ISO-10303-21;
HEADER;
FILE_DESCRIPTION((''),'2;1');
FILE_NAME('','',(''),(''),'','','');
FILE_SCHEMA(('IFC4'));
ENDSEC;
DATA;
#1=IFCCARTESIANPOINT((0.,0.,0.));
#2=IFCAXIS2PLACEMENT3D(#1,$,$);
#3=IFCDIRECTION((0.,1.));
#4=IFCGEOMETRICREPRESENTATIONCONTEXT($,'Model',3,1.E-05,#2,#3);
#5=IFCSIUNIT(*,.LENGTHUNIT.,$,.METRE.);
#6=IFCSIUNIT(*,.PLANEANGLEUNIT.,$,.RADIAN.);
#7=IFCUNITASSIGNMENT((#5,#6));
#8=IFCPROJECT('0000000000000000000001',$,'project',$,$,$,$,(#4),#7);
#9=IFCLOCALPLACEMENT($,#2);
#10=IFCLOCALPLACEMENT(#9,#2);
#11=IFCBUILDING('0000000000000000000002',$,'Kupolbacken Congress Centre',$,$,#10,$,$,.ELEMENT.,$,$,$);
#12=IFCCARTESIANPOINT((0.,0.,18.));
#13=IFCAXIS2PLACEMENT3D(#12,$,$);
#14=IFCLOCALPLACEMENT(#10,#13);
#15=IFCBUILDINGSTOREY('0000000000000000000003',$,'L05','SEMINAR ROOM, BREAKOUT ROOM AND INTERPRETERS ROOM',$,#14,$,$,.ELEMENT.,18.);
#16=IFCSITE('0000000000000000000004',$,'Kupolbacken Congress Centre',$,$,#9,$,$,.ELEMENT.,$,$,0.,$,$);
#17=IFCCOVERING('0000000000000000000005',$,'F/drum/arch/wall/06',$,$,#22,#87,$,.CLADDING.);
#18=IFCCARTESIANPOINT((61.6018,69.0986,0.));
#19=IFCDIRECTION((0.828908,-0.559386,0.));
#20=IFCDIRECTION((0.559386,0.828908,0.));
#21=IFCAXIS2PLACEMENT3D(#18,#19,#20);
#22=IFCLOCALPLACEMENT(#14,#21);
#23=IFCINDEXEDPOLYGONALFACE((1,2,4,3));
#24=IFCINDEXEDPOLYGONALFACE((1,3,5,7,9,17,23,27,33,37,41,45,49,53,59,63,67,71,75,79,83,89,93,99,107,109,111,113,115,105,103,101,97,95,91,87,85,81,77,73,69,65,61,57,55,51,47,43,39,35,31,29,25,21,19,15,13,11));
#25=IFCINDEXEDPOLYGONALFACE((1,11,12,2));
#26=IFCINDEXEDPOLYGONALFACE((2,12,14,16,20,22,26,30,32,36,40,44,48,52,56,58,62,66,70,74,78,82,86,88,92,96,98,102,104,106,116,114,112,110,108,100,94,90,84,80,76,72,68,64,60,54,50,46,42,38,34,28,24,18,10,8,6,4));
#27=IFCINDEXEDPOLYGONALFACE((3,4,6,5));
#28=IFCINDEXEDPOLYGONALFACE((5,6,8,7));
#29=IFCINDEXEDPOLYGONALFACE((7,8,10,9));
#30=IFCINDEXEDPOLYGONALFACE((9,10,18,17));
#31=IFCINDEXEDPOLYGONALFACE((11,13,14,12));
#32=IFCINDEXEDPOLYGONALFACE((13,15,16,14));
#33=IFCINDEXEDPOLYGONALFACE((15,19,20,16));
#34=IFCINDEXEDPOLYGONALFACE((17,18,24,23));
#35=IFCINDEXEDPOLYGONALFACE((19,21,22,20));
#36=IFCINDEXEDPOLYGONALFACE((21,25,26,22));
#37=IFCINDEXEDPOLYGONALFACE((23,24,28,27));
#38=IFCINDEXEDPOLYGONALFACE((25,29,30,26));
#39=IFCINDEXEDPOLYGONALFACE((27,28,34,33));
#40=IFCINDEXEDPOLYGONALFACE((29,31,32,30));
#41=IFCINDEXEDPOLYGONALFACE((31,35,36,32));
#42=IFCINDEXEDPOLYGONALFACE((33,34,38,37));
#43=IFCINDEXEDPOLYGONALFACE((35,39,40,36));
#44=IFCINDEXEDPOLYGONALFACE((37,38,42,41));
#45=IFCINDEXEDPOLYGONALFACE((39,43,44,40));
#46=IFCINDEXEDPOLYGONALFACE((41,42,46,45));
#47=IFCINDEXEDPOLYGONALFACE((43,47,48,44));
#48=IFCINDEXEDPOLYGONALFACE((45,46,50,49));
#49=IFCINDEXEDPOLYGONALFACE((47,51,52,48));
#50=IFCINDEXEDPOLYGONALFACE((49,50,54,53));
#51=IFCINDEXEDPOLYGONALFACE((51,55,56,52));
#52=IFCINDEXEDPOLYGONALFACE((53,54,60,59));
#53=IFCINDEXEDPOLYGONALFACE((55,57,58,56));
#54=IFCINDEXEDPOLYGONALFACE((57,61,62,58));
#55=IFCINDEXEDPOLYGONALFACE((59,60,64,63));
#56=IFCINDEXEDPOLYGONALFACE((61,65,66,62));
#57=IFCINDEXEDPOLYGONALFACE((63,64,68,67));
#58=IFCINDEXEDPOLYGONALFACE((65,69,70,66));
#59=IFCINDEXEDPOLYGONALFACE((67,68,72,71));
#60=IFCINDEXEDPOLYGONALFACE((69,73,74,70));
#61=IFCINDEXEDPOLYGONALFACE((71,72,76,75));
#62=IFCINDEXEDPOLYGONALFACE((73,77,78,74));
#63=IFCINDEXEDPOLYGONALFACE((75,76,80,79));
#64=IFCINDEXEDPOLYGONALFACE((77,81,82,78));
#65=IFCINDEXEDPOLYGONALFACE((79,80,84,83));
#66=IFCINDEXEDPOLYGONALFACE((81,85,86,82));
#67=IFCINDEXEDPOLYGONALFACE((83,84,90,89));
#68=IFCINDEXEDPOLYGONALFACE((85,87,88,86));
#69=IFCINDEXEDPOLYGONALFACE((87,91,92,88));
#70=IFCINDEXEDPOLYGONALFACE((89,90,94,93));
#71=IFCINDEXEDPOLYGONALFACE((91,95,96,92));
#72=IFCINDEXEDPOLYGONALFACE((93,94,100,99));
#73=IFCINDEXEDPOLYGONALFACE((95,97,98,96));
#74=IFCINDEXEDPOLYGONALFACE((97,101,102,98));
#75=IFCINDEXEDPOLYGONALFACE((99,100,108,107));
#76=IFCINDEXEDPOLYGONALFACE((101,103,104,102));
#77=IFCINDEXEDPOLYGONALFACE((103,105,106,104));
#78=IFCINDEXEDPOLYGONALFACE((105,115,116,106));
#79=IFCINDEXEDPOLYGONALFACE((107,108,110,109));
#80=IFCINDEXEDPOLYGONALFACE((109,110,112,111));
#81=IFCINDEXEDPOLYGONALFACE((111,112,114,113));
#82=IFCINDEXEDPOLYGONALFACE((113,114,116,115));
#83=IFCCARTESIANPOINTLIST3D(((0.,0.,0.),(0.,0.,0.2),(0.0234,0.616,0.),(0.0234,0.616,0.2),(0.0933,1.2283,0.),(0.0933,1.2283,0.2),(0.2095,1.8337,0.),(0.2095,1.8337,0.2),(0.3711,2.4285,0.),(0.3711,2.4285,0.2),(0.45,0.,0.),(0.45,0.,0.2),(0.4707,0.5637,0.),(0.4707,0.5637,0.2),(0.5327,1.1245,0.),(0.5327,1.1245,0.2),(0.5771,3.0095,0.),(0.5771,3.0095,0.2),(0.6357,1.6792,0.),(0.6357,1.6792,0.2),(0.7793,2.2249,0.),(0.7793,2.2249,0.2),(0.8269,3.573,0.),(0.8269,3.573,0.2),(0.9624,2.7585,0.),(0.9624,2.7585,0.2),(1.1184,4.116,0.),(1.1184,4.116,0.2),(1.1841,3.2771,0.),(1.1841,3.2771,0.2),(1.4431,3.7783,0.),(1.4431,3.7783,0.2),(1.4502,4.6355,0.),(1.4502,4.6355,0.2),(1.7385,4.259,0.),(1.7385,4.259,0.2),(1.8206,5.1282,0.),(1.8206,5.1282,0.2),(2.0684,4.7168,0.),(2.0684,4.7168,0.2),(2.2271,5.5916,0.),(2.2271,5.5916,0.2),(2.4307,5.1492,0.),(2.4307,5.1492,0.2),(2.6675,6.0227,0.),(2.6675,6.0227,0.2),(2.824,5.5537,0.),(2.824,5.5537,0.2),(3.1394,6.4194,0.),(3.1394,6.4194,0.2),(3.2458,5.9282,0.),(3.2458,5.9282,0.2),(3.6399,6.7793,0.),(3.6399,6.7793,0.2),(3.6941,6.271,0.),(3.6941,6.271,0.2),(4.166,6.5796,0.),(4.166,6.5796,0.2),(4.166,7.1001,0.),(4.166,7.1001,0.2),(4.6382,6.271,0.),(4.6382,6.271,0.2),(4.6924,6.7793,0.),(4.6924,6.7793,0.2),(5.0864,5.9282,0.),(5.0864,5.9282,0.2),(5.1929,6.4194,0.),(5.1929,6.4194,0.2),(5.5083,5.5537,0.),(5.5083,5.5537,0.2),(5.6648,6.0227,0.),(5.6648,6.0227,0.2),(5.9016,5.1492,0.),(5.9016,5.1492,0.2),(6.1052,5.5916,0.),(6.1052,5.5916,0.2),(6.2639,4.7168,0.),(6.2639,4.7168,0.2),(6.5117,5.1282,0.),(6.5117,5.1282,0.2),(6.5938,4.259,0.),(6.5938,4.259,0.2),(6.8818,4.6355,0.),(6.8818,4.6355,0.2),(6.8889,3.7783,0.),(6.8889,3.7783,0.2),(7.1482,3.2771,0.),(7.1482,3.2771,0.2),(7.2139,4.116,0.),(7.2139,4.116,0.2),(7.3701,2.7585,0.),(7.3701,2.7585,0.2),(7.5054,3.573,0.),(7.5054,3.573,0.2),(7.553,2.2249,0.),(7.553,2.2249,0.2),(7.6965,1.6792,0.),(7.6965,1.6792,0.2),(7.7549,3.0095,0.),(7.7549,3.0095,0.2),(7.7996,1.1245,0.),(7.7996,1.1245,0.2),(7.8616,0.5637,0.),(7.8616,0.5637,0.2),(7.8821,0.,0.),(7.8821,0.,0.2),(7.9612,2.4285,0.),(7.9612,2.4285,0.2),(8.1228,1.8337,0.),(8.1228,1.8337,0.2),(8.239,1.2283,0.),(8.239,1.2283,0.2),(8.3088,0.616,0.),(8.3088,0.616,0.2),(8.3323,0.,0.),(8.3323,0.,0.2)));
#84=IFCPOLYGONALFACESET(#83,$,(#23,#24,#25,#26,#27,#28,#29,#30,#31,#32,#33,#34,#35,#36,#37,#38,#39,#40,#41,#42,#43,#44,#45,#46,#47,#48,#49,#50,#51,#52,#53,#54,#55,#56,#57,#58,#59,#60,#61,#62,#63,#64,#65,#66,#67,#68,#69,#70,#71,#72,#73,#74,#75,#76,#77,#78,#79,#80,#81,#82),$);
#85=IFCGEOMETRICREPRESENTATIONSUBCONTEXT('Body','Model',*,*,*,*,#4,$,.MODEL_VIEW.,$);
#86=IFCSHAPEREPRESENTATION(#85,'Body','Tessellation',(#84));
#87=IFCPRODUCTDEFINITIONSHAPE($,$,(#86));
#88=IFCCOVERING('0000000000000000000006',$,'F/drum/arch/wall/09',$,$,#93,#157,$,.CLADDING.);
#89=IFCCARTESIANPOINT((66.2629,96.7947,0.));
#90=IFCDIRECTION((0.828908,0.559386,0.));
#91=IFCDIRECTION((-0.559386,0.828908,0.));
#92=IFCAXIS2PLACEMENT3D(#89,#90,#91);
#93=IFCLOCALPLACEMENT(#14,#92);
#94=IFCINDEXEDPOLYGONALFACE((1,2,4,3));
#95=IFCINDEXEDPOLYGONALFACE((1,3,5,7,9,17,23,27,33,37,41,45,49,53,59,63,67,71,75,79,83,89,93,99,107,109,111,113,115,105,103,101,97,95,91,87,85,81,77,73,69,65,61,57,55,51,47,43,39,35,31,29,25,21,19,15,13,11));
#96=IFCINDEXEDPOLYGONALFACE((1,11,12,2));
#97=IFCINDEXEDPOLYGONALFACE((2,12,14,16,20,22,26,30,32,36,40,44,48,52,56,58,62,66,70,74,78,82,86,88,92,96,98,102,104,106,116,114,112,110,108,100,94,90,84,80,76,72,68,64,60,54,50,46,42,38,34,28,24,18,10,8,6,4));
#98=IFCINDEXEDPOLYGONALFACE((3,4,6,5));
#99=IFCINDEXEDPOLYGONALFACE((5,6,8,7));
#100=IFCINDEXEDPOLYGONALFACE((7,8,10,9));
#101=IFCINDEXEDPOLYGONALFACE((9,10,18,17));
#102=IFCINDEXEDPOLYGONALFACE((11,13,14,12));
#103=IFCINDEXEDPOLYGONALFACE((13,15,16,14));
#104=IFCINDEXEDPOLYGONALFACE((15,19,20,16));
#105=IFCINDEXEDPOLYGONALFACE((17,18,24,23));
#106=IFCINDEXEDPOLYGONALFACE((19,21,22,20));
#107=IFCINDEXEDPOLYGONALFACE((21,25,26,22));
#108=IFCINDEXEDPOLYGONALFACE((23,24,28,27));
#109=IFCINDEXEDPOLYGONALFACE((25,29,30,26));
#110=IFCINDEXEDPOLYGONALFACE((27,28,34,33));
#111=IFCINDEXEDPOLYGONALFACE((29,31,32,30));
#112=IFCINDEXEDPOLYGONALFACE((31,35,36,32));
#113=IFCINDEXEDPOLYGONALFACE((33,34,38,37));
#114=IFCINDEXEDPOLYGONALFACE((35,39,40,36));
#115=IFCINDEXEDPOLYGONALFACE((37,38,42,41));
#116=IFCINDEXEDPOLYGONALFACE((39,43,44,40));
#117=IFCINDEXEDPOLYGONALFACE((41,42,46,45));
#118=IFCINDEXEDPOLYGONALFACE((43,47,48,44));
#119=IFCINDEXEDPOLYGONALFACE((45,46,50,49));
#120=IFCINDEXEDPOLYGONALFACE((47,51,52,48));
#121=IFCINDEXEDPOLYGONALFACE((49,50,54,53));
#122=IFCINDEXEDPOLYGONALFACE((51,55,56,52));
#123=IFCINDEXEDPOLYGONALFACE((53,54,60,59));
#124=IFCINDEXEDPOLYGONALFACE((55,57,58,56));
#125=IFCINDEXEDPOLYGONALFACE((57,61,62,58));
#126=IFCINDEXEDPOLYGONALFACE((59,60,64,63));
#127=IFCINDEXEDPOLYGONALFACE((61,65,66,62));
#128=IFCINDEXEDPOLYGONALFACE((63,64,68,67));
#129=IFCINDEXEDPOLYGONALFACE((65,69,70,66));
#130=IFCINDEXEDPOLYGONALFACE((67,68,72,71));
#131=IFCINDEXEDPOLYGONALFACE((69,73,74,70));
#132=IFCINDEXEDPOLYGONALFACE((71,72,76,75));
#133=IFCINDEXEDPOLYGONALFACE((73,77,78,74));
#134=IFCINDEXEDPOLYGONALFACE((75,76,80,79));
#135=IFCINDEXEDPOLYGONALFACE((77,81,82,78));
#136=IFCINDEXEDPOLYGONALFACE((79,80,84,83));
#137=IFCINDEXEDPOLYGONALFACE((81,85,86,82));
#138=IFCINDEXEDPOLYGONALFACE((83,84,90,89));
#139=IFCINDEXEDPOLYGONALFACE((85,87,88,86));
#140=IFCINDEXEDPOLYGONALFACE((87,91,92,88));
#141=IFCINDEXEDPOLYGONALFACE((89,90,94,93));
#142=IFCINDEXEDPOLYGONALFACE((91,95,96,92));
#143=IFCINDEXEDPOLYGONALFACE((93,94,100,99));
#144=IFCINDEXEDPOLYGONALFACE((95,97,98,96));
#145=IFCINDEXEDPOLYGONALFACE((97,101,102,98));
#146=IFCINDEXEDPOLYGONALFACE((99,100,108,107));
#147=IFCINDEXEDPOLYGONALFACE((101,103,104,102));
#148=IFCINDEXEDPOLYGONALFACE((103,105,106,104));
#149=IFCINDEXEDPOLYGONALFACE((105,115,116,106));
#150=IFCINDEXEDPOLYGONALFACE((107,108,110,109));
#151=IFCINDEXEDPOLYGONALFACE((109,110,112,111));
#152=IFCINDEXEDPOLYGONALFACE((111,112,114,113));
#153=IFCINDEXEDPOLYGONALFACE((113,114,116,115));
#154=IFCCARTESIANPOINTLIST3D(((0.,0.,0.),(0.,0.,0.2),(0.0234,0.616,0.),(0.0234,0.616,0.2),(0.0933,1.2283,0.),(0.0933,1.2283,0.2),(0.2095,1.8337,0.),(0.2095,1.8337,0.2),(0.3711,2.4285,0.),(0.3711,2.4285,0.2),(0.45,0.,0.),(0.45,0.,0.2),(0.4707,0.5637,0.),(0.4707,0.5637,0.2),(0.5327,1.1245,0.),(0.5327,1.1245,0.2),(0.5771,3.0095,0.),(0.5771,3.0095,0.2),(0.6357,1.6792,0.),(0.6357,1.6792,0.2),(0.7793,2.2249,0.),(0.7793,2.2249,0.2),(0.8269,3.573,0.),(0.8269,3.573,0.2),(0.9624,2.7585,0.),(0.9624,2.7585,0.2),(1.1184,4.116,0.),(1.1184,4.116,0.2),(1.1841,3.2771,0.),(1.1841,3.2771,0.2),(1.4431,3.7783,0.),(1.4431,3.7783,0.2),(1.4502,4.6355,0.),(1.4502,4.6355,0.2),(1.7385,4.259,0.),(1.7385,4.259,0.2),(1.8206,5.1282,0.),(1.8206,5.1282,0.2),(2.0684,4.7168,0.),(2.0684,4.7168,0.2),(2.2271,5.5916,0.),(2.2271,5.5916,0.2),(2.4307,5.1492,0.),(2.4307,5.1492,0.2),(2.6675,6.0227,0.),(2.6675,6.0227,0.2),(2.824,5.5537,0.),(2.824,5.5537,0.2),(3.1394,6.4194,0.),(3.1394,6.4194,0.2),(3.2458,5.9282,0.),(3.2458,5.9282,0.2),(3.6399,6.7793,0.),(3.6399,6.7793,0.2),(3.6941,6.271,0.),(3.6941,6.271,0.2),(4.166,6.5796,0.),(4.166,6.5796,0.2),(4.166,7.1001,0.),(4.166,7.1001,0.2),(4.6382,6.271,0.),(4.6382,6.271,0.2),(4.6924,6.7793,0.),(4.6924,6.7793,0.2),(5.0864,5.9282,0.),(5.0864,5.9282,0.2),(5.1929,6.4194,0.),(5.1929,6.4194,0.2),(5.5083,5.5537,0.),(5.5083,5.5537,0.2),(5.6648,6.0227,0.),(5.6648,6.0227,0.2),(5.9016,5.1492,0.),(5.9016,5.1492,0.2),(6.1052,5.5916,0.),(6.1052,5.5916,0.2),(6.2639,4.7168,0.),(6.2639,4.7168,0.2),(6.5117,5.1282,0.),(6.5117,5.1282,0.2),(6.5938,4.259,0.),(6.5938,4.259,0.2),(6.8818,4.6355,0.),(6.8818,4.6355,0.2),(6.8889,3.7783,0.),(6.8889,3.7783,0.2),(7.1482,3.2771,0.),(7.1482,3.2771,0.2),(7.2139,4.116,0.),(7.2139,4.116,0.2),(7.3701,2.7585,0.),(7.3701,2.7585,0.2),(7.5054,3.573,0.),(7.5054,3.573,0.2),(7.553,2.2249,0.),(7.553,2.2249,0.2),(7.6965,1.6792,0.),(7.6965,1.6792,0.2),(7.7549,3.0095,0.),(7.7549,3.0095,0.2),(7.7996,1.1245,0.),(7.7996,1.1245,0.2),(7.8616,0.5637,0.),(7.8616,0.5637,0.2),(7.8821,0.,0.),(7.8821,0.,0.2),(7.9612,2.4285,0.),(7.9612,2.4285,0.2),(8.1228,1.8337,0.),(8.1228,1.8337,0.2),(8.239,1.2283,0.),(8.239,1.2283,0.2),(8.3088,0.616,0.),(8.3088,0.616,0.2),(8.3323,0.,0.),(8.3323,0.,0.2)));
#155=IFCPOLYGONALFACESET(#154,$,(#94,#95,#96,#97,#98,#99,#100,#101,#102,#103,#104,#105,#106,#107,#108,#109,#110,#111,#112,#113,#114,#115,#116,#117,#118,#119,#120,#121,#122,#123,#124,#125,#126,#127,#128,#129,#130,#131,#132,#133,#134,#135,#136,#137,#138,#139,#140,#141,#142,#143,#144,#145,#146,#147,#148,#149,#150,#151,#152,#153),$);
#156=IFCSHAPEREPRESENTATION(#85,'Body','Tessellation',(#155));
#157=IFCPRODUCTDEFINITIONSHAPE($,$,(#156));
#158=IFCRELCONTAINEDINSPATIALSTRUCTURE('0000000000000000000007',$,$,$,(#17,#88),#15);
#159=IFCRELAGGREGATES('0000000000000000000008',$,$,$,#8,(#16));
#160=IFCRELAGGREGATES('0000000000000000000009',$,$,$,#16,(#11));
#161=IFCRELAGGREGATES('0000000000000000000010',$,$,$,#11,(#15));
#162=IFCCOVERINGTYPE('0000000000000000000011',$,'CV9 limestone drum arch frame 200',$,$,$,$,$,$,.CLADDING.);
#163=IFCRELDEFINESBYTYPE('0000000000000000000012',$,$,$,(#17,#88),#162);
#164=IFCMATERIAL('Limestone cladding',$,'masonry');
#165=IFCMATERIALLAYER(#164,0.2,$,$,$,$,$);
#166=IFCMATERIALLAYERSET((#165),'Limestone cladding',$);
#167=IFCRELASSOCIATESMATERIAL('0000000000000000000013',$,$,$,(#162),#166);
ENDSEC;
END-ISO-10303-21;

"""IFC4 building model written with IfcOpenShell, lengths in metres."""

from ifc_helpers import new_model, si_unit, direction, frame, origin, place, context, subcontext, project, spatial, polyline, outline, extrude, material, layer, layer_set, type_object, element, save


model = new_model("IFC4")

# Units and contexts
model_context = context("Model", 3, precision=1e-05, world=origin(), true_north=direction((0.0, 1.0)))
body_context = subcontext(model_context, "Body", "Model", "MODEL_VIEW")
ifc_project = project(units=[si_unit("LENGTHUNIT", "METRE"), si_unit("PLANEANGLEUNIT", "RADIAN")], contexts=[model_context])

# Site, building, storey
site_placement = place(None, origin())
site = spatial("IfcSite", under=ifc_project, at=site_placement, Name="Kupolbacken Congress Centre", CompositionType="ELEMENT", RefElevation=0.0)
building_placement = place(site_placement, origin())
building = spatial("IfcBuilding", under=site, at=building_placement, Name="Kupolbacken Congress Centre", CompositionType="ELEMENT")
storey_placement = place(building_placement, frame((0.0, 0.0, 18.0)))
storey = spatial("IfcBuildingStorey", under=building, at=storey_placement, Name="L05", Description="SEMINAR ROOM, BREAKOUT ROOM AND INTERPRETERS ROOM", CompositionType="ELEMENT", Elevation=18.0)

# Coverings
ifc_material_1 = material(Name="Limestone cladding", Category="masonry")
ifc_layer_1 = layer(ifc_material_1, 0.2)
ifc_layer_set_1 = layer_set([ifc_layer_1], Name="Limestone cladding")
covering_type = type_object("IfcCoveringType", Name="CV9 limestone drum arch frame 200", PredefinedType="CLADDING", material=ifc_layer_set_1)
covering_1_placement = place(storey_placement, frame((61.6018, 69.0986, 0.0), z_axis=(0.828908, -0.559386, 0.0), x_axis=(0.559386, 0.828908, 0.0)))
element("IfcCovering", 1, at=covering_1_placement, inside=storey, type_object=covering_type, Name="F/drum/arch/wall/06", PredefinedType="CLADDING", context=body_context, shape_type="SweptSolid", body=[
    extrude(outline(polyline([(0.0, 0.0), (0.0234, 0.616), (0.0933, 1.2283), (0.2095, 1.8337), (0.3711, 2.4285), (0.5771, 3.0095), (0.8269, 3.573), (1.1184, 4.116), (1.4502, 4.6355), (1.8206, 5.1282), (2.2271, 5.5916), (2.6675, 6.0227), (3.1394, 6.4194), (3.6399, 6.7793), (4.166, 7.1001), (4.6924, 6.7793), (5.1929, 6.4194), (5.6648, 6.0227), (6.1052, 5.5916), (6.5117, 5.1282), (6.8818, 4.6355), (7.2139, 4.116), (7.5054, 3.573), (7.7549, 3.0095), (7.9612, 2.4285), (8.1228, 1.8337), (8.239, 1.2283), (8.3088, 0.616), (8.3323, 0.0), (7.8821, 0.0), (7.8616, 0.5637), (7.7996, 1.1245), (7.6965, 1.6792), (7.553, 2.2249), (7.3701, 2.7585), (7.1482, 3.2771), (6.8889, 3.7783), (6.5938, 4.259), (6.2639, 4.7168), (5.9016, 5.1492), (5.5083, 5.5537), (5.0864, 5.9282), (4.6382, 6.271), (4.166, 6.5796), (3.6941, 6.271), (3.2458, 5.9282), (2.824, 5.5537), (2.4307, 5.1492), (2.0684, 4.7168), (1.7385, 4.259), (1.4431, 3.7783), (1.1841, 3.2771), (0.9624, 2.7585), (0.7793, 2.2249), (0.6357, 1.6792), (0.5327, 1.1245), (0.4707, 0.5637), (0.45, 0.0), (0.0, 0.0)])), origin(), (0.0, 0.0, 1.0), 0.2),
])
covering_2_placement = place(storey_placement, frame((66.2629, 96.7947, 0.0), z_axis=(0.828908, 0.559386, 0.0), x_axis=(-0.559386, 0.828908, 0.0)))
element("IfcCovering", 2, at=covering_2_placement, inside=storey, type_object=covering_type, Name="F/drum/arch/wall/09", PredefinedType="CLADDING", context=body_context, shape_type="SweptSolid", body=[
    extrude(outline(polyline([(0.0, 0.0), (0.0234, 0.616), (0.0933, 1.2283), (0.2095, 1.8337), (0.3711, 2.4285), (0.5771, 3.0095), (0.8269, 3.573), (1.1184, 4.116), (1.4502, 4.6355), (1.8206, 5.1282), (2.2271, 5.5916), (2.6675, 6.0227), (3.1394, 6.4194), (3.6399, 6.7793), (4.166, 7.1001), (4.6924, 6.7793), (5.1929, 6.4194), (5.6648, 6.0227), (6.1052, 5.5916), (6.5117, 5.1282), (6.8818, 4.6355), (7.2139, 4.116), (7.5054, 3.573), (7.7549, 3.0095), (7.9612, 2.4285), (8.1228, 1.8337), (8.239, 1.2283), (8.3088, 0.616), (8.3323, 0.0), (7.8821, 0.0), (7.8616, 0.5637), (7.7996, 1.1245), (7.6965, 1.6792), (7.553, 2.2249), (7.3701, 2.7585), (7.1482, 3.2771), (6.8889, 3.7783), (6.5938, 4.259), (6.2639, 4.7168), (5.9016, 5.1492), (5.5083, 5.5537), (5.0864, 5.9282), (4.6382, 6.271), (4.166, 6.5796), (3.6941, 6.271), (3.2458, 5.9282), (2.824, 5.5537), (2.4307, 5.1492), (2.0684, 4.7168), (1.7385, 4.259), (1.4431, 3.7783), (1.1841, 3.2771), (0.9624, 2.7585), (0.7793, 2.2249), (0.6357, 1.6792), (0.5327, 1.1245), (0.4707, 0.5637), (0.45, 0.0), (0.0, 0.0)])), origin(), (0.0, 0.0, 1.0), 0.2),
])

save(model, "model.ifc")
